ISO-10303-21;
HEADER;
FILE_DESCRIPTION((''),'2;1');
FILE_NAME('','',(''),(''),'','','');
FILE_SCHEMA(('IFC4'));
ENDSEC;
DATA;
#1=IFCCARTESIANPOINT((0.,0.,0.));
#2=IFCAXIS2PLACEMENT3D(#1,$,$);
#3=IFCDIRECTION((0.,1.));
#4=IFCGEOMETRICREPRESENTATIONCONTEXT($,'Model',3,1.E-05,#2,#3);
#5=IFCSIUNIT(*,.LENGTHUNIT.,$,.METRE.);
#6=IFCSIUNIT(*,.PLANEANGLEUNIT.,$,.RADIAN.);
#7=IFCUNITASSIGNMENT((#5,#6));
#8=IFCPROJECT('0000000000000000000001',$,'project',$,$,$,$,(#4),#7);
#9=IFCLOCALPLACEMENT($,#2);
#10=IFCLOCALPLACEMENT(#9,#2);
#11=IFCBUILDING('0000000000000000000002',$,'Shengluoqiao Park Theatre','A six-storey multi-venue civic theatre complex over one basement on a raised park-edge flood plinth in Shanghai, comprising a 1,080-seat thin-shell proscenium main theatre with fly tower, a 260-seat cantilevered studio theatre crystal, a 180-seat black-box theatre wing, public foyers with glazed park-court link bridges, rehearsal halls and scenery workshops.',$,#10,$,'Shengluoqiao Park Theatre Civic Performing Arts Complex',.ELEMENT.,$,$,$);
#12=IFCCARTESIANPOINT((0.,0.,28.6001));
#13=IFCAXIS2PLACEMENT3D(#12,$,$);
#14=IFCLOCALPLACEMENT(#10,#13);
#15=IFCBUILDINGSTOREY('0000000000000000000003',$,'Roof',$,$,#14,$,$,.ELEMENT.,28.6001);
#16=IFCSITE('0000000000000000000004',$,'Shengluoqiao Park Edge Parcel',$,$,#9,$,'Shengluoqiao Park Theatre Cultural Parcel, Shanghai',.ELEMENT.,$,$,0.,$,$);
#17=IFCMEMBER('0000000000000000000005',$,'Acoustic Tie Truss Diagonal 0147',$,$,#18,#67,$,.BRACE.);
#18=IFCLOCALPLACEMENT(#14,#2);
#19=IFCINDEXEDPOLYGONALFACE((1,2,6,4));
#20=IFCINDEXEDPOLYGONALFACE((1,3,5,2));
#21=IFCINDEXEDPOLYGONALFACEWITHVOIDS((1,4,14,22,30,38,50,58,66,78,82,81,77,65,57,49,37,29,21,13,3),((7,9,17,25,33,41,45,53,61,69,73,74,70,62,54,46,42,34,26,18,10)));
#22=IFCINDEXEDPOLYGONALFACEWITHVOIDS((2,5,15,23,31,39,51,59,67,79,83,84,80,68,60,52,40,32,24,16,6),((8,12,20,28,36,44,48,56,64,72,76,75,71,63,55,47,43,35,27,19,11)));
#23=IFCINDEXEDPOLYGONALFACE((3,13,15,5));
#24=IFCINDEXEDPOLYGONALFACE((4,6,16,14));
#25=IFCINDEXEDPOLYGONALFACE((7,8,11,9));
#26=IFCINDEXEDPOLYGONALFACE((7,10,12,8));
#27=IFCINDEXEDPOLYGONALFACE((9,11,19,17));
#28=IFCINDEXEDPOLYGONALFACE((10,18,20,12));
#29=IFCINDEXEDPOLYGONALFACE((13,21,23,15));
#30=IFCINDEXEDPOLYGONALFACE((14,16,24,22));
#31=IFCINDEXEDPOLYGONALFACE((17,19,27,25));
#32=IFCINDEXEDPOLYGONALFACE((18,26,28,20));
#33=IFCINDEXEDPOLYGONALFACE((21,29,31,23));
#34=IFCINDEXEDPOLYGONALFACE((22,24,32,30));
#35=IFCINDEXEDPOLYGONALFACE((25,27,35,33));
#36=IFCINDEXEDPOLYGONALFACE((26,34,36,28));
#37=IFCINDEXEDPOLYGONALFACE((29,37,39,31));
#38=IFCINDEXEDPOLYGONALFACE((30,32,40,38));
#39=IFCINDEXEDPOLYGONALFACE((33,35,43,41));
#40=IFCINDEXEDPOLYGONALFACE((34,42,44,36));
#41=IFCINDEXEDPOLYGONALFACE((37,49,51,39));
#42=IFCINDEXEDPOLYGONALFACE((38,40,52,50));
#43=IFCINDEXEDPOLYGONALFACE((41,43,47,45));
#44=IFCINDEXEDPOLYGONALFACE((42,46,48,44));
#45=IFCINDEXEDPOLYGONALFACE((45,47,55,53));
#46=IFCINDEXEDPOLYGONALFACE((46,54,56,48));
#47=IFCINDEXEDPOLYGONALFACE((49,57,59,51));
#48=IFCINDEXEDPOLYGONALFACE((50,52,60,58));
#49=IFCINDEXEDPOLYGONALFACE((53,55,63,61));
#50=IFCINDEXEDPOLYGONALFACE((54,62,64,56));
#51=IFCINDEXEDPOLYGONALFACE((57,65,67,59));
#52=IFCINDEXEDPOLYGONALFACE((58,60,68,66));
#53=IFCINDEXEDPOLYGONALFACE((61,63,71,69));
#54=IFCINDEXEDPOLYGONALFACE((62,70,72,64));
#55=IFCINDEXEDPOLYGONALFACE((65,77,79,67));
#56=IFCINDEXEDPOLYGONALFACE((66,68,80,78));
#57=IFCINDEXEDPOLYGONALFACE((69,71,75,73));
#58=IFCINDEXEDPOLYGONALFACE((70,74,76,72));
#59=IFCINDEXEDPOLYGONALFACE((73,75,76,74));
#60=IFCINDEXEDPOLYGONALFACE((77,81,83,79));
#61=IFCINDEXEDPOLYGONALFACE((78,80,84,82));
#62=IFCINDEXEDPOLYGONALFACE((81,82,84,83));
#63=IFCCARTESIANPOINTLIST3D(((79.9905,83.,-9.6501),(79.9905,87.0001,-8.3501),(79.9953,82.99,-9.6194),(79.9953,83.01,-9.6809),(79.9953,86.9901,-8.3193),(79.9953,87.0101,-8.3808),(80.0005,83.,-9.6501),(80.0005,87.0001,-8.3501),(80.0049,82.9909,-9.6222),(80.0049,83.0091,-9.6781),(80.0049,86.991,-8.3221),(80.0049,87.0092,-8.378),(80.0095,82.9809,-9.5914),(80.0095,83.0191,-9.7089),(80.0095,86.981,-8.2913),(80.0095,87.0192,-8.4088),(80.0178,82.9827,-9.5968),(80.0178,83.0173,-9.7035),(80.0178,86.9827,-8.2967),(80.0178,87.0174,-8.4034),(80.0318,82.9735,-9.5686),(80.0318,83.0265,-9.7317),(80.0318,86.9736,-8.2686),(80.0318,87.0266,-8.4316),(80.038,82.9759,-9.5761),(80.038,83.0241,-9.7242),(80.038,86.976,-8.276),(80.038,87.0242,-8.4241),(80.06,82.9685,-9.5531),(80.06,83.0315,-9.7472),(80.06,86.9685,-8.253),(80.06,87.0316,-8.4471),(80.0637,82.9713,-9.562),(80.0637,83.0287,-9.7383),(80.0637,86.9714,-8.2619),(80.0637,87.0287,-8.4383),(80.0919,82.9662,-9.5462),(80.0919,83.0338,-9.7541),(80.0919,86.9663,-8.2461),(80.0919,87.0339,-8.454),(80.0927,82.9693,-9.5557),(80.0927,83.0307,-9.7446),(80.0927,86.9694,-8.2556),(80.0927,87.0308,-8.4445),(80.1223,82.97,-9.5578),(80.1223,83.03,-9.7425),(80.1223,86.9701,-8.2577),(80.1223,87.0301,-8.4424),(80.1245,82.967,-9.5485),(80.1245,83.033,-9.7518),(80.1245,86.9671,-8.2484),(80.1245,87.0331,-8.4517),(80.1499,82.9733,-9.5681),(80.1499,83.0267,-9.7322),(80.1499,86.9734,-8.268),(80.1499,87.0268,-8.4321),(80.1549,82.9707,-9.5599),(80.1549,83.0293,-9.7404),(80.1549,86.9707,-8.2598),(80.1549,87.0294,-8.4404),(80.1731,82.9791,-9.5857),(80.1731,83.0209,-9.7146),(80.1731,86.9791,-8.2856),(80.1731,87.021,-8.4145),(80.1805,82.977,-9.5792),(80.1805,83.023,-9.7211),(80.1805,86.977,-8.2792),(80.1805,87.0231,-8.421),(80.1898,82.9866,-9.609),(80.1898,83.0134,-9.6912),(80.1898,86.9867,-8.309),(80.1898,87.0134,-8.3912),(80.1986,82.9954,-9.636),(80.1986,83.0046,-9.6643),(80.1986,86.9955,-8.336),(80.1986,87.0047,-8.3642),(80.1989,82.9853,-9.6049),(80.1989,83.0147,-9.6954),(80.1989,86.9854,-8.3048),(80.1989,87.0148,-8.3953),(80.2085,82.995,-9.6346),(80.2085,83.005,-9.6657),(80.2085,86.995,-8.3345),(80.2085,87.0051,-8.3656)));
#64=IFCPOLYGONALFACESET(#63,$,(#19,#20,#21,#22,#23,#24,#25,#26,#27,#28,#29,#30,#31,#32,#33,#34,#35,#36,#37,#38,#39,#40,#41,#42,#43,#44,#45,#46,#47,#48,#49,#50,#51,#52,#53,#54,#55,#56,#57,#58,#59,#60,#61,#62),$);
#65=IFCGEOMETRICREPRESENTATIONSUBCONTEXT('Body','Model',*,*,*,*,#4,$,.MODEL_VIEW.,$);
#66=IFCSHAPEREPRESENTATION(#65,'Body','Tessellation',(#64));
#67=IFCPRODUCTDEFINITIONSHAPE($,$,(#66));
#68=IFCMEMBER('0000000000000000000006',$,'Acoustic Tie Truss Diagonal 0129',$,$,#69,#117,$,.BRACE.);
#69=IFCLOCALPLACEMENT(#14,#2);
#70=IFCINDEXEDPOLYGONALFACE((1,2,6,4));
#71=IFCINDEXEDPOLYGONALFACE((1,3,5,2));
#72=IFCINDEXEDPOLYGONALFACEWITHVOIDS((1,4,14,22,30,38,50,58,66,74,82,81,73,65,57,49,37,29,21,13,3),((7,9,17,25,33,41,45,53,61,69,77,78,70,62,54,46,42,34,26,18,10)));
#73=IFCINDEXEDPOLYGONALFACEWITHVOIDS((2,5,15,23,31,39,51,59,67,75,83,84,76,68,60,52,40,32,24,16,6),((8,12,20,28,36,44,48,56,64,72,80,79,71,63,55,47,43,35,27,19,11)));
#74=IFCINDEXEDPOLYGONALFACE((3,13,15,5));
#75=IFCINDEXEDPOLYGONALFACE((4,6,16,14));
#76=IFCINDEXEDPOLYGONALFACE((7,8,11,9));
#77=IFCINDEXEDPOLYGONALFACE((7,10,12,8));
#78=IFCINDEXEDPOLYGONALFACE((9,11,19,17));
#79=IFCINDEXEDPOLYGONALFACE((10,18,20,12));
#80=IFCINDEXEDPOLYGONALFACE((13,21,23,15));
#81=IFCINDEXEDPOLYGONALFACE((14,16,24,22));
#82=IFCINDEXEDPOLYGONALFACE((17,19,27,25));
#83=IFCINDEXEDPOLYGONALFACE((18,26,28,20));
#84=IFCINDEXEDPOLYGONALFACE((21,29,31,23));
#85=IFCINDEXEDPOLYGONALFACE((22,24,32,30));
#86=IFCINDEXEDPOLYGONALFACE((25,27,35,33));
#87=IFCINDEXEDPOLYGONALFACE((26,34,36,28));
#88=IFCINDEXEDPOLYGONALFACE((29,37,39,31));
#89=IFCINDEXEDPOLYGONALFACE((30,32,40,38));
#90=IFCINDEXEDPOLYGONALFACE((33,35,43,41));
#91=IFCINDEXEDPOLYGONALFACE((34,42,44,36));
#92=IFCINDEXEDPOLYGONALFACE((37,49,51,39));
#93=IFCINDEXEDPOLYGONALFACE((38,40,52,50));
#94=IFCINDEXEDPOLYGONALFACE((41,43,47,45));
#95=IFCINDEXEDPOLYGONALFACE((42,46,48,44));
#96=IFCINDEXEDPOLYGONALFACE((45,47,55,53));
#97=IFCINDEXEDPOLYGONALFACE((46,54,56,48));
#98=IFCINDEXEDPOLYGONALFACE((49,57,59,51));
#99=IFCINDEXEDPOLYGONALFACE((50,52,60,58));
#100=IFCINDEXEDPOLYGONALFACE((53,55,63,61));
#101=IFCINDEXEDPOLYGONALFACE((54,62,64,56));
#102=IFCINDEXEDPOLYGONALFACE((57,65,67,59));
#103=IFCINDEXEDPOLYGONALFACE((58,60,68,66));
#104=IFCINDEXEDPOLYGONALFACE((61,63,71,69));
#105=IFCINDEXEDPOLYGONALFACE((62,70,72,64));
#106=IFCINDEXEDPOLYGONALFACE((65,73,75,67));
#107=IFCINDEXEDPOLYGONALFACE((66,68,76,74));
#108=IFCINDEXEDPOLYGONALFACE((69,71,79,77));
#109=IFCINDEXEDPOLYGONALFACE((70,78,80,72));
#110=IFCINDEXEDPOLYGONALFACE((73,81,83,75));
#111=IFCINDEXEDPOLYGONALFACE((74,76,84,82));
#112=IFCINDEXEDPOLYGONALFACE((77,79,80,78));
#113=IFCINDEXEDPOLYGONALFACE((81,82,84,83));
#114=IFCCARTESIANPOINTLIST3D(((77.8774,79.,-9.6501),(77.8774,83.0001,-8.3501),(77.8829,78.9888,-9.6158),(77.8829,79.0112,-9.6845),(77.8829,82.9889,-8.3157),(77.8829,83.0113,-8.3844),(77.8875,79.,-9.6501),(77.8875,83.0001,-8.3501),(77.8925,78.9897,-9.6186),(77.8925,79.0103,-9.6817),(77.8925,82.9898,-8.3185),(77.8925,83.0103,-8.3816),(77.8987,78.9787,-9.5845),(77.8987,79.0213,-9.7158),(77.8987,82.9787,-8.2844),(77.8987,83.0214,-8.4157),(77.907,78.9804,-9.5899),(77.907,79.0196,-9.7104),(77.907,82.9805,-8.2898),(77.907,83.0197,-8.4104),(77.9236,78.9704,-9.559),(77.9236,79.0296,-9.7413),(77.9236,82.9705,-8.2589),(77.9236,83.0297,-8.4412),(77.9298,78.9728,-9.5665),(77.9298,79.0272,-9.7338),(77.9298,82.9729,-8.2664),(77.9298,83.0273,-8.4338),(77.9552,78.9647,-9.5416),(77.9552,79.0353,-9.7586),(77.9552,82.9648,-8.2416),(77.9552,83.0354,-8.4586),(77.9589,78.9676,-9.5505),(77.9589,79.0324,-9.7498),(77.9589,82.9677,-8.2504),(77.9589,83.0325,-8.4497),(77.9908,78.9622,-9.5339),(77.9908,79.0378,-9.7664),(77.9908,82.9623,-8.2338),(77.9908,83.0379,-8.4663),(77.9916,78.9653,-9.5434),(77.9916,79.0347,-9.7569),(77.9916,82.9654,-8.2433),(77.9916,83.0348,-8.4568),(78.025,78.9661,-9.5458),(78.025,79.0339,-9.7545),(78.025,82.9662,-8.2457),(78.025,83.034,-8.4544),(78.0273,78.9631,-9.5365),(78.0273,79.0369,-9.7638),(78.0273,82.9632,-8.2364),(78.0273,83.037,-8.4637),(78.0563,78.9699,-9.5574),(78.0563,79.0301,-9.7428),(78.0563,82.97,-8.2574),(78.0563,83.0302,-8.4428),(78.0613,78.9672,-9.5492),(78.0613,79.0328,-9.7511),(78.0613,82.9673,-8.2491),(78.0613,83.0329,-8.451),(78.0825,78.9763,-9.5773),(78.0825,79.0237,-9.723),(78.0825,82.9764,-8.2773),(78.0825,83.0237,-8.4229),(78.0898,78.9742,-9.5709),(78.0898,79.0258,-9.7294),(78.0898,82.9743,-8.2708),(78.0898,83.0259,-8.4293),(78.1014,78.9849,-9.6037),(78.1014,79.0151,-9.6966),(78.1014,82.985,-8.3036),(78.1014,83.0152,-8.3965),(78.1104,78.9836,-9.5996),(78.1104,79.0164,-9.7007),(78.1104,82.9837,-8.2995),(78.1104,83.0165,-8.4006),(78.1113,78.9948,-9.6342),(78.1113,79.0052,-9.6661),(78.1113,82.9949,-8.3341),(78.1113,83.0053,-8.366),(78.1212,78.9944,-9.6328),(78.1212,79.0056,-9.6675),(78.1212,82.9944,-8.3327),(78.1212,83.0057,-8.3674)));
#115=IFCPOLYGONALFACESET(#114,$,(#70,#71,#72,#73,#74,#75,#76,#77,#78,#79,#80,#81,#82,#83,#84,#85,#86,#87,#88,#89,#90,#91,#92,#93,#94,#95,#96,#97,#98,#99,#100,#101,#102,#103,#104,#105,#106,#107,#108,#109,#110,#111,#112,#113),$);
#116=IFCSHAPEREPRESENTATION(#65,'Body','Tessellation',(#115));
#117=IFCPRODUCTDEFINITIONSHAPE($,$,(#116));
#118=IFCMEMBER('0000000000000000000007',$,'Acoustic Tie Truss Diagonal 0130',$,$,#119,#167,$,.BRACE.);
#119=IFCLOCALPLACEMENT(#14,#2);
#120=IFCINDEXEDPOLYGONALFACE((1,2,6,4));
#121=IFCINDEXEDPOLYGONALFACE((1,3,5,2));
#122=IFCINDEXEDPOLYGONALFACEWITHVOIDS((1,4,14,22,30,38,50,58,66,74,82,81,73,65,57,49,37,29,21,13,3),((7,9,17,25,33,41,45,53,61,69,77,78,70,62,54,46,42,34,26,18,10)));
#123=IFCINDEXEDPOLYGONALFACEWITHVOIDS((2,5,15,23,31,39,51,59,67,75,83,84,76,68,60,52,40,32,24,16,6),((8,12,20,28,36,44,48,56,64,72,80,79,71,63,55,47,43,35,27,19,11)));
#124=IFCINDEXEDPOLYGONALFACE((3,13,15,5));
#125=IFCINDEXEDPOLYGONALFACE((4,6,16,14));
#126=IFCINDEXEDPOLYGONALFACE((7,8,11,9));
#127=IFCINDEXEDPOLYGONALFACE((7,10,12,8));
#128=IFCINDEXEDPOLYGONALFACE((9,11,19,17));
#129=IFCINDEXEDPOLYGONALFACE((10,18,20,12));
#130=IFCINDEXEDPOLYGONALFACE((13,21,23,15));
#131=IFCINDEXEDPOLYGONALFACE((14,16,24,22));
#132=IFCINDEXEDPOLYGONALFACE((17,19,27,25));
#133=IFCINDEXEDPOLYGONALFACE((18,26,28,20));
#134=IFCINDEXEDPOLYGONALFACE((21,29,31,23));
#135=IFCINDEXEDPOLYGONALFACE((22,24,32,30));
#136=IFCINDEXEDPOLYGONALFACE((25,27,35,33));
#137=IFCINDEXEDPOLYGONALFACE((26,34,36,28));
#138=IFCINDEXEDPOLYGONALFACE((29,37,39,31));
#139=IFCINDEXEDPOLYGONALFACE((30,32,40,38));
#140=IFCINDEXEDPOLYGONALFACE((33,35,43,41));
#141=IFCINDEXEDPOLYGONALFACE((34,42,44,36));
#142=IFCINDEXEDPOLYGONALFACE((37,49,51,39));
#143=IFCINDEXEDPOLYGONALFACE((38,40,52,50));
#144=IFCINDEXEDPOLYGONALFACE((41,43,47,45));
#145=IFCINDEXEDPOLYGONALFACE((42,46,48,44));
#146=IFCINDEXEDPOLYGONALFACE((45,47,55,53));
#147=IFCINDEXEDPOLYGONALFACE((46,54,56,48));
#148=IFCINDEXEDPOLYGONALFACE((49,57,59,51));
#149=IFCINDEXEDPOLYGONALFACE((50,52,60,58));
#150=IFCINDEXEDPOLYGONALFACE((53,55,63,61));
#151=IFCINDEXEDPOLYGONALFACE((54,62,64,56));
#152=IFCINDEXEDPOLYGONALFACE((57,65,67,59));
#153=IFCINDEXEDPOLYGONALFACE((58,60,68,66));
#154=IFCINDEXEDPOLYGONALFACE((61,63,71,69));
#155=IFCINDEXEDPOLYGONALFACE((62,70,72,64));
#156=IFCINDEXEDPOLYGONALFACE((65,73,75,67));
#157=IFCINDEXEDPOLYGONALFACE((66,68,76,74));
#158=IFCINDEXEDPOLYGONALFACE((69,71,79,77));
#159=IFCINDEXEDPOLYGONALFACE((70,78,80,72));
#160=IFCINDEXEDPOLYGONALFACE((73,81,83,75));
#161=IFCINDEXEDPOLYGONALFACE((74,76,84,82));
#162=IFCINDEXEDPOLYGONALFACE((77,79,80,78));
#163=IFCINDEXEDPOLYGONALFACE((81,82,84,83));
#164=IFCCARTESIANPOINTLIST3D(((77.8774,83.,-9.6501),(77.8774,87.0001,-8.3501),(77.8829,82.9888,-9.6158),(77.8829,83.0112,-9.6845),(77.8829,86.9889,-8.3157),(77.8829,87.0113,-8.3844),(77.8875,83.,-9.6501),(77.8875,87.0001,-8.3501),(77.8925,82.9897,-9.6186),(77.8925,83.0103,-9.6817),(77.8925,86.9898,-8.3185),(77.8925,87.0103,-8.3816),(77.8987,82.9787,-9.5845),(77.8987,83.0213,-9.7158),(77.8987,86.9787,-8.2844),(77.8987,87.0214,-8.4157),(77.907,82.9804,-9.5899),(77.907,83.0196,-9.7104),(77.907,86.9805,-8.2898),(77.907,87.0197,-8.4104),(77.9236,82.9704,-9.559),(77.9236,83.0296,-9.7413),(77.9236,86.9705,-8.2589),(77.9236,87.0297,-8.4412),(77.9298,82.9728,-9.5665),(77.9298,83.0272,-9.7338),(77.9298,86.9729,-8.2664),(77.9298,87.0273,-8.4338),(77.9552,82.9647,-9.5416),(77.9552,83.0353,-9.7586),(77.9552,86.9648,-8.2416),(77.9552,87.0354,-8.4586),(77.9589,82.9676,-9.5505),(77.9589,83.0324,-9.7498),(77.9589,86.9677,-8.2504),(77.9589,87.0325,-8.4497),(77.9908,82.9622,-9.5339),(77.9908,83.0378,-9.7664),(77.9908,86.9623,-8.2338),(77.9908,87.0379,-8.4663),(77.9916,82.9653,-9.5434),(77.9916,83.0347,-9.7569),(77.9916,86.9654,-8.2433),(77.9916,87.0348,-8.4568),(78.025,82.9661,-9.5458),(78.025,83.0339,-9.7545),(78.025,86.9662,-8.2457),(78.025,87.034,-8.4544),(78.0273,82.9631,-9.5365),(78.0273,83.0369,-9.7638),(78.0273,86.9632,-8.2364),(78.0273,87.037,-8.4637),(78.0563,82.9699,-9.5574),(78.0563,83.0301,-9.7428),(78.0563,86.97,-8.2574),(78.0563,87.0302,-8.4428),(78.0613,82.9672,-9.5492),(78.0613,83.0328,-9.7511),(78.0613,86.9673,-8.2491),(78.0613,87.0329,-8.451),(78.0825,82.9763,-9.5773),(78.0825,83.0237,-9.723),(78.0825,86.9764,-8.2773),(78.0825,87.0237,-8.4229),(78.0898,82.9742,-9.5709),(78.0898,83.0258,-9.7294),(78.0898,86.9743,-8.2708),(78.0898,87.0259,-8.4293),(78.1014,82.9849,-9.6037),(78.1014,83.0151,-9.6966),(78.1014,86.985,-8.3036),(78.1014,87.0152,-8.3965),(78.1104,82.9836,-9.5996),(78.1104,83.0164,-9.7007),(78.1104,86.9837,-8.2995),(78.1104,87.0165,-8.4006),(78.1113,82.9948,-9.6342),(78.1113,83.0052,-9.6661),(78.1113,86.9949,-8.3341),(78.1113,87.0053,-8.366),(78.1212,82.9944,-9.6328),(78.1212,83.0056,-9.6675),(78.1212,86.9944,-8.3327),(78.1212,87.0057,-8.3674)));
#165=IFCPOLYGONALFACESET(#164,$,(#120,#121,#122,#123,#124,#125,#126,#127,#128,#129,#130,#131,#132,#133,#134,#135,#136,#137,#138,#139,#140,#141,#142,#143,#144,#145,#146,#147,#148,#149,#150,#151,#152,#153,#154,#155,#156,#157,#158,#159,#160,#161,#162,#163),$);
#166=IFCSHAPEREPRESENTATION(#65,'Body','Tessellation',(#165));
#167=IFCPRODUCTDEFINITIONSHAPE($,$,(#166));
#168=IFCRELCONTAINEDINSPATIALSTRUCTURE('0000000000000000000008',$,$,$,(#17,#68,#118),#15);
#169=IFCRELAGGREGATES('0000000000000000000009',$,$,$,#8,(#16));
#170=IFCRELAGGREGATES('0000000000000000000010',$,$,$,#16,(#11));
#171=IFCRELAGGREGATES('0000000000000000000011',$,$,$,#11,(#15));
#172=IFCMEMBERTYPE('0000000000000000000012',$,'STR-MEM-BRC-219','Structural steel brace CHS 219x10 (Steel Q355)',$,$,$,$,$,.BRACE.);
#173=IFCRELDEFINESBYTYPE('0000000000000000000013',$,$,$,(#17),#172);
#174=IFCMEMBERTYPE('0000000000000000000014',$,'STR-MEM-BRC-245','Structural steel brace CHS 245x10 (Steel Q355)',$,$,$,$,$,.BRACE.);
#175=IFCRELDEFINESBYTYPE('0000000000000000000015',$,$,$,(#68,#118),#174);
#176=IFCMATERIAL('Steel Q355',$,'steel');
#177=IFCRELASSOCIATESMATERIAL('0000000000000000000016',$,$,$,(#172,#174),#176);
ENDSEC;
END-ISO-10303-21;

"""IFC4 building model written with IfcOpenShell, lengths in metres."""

from ifc_helpers import new_model, si_unit, direction, frame, origin, origin_2d, place, context, subcontext, project, spatial, hollow_circle, extrude, material, material_profile, profile_set, type_object, element, save


model = new_model("IFC4")

# Units and contexts
model_context = context("Model", 3, precision=1e-05, world=origin(), true_north=direction((0.0, 1.0)))
body_context = subcontext(model_context, "Body", "Model", "MODEL_VIEW")
ifc_project = project(units=[si_unit("LENGTHUNIT", "METRE"), si_unit("PLANEANGLEUNIT", "RADIAN")], contexts=[model_context])

# Site, building, storey
site_placement = place(None, origin())
site = spatial("IfcSite", under=ifc_project, at=site_placement, Name="Shengluoqiao Park Edge Parcel", LongName="Shengluoqiao Park Theatre Cultural Parcel, Shanghai", CompositionType="ELEMENT", RefElevation=0.0)
building_placement = place(site_placement, origin())
building = spatial("IfcBuilding", under=site, at=building_placement, Name="Shengluoqiao Park Theatre", Description="A six-storey multi-venue civic theatre complex over one basement on a raised park-edge flood plinth in Shanghai, comprising a 1,080-seat thin-shell proscenium main theatre with fly tower, a 260-seat cantilevered studio theatre crystal, a 180-seat black-box theatre wing, public foyers with glazed park-court link bridges, rehearsal halls and scenery workshops.", LongName="Shengluoqiao Park Theatre Civic Performing Arts Complex", CompositionType="ELEMENT")
storey_placement = place(building_placement, frame((0.0, 0.0, 28.6001)))
storey = spatial("IfcBuildingStorey", under=building, at=storey_placement, Name="Roof", CompositionType="ELEMENT", Elevation=28.6001)

# Shared definitions
ifc_material = material(Name="Steel Q355", Category="steel")

# Members
ifc_material_profile_1 = material_profile(ifc_material, hollow_circle(Radius=0.1096, WallThickness=0.01, at=origin_2d()), Name="CHS 219x10")
ifc_profile_set_1 = profile_set([ifc_material_profile_1], Name="Steel Q355")
member_type_1 = type_object("IfcMemberType", Name="STR-MEM-BRC-219", Description="Structural steel brace CHS 219x10 (Steel Q355)", PredefinedType="BRACE", material=ifc_profile_set_1)
for number, where, z_axis, x_axis, name in (
    (1, (80.1001, 83.0, -9.6501), (0.0, 0.951031, 0.309097), (-1.0, 0.0, 0.0), "Acoustic Tie Truss Diagonal 0147"),
):
    element("IfcMember", number, at=place(storey_placement, frame(where, z_axis=z_axis, x_axis=x_axis)), inside=storey, type_object=member_type_1, Name=name, PredefinedType="BRACE", context=body_context, shape_type="SweptSolid", body=[
        extrude(hollow_circle(Radius=0.1096, WallThickness=0.01, at=origin_2d()), origin(), (0.0, 0.0, 1.0), 4.2061),
    ])
ifc_material_profile_2 = material_profile(ifc_material, hollow_circle(Radius=0.1226, WallThickness=0.01, at=origin_2d()), Name="CHS 245x10")
ifc_profile_set_2 = profile_set([ifc_material_profile_2], Name="Steel Q355")
member_type_2 = type_object("IfcMemberType", Name="STR-MEM-BRC-245", Description="Structural steel brace CHS 245x10 (Steel Q355)", PredefinedType="BRACE", material=ifc_profile_set_2)
for number, where, z_axis, x_axis, name in (
    (2, (78.0, 79.0, -9.6501), (0.0, 0.951031, 0.309097), (-1.0, 0.0, 0.0), "Acoustic Tie Truss Diagonal 0129"),
    (3, (78.0, 83.0, -9.6501), (0.0, 0.951031, 0.309097), (-1.0, 0.0, 0.0), "Acoustic Tie Truss Diagonal 0130"),
):
    element("IfcMember", number, at=place(storey_placement, frame(where, z_axis=z_axis, x_axis=x_axis)), inside=storey, type_object=member_type_2, Name=name, PredefinedType="BRACE", context=body_context, shape_type="SweptSolid", body=[
        extrude(hollow_circle(Radius=0.1226, WallThickness=0.01, at=origin_2d()), origin(), (0.0, 0.0, 1.0), 4.2061),
    ])

save(model, "model.ifc")
